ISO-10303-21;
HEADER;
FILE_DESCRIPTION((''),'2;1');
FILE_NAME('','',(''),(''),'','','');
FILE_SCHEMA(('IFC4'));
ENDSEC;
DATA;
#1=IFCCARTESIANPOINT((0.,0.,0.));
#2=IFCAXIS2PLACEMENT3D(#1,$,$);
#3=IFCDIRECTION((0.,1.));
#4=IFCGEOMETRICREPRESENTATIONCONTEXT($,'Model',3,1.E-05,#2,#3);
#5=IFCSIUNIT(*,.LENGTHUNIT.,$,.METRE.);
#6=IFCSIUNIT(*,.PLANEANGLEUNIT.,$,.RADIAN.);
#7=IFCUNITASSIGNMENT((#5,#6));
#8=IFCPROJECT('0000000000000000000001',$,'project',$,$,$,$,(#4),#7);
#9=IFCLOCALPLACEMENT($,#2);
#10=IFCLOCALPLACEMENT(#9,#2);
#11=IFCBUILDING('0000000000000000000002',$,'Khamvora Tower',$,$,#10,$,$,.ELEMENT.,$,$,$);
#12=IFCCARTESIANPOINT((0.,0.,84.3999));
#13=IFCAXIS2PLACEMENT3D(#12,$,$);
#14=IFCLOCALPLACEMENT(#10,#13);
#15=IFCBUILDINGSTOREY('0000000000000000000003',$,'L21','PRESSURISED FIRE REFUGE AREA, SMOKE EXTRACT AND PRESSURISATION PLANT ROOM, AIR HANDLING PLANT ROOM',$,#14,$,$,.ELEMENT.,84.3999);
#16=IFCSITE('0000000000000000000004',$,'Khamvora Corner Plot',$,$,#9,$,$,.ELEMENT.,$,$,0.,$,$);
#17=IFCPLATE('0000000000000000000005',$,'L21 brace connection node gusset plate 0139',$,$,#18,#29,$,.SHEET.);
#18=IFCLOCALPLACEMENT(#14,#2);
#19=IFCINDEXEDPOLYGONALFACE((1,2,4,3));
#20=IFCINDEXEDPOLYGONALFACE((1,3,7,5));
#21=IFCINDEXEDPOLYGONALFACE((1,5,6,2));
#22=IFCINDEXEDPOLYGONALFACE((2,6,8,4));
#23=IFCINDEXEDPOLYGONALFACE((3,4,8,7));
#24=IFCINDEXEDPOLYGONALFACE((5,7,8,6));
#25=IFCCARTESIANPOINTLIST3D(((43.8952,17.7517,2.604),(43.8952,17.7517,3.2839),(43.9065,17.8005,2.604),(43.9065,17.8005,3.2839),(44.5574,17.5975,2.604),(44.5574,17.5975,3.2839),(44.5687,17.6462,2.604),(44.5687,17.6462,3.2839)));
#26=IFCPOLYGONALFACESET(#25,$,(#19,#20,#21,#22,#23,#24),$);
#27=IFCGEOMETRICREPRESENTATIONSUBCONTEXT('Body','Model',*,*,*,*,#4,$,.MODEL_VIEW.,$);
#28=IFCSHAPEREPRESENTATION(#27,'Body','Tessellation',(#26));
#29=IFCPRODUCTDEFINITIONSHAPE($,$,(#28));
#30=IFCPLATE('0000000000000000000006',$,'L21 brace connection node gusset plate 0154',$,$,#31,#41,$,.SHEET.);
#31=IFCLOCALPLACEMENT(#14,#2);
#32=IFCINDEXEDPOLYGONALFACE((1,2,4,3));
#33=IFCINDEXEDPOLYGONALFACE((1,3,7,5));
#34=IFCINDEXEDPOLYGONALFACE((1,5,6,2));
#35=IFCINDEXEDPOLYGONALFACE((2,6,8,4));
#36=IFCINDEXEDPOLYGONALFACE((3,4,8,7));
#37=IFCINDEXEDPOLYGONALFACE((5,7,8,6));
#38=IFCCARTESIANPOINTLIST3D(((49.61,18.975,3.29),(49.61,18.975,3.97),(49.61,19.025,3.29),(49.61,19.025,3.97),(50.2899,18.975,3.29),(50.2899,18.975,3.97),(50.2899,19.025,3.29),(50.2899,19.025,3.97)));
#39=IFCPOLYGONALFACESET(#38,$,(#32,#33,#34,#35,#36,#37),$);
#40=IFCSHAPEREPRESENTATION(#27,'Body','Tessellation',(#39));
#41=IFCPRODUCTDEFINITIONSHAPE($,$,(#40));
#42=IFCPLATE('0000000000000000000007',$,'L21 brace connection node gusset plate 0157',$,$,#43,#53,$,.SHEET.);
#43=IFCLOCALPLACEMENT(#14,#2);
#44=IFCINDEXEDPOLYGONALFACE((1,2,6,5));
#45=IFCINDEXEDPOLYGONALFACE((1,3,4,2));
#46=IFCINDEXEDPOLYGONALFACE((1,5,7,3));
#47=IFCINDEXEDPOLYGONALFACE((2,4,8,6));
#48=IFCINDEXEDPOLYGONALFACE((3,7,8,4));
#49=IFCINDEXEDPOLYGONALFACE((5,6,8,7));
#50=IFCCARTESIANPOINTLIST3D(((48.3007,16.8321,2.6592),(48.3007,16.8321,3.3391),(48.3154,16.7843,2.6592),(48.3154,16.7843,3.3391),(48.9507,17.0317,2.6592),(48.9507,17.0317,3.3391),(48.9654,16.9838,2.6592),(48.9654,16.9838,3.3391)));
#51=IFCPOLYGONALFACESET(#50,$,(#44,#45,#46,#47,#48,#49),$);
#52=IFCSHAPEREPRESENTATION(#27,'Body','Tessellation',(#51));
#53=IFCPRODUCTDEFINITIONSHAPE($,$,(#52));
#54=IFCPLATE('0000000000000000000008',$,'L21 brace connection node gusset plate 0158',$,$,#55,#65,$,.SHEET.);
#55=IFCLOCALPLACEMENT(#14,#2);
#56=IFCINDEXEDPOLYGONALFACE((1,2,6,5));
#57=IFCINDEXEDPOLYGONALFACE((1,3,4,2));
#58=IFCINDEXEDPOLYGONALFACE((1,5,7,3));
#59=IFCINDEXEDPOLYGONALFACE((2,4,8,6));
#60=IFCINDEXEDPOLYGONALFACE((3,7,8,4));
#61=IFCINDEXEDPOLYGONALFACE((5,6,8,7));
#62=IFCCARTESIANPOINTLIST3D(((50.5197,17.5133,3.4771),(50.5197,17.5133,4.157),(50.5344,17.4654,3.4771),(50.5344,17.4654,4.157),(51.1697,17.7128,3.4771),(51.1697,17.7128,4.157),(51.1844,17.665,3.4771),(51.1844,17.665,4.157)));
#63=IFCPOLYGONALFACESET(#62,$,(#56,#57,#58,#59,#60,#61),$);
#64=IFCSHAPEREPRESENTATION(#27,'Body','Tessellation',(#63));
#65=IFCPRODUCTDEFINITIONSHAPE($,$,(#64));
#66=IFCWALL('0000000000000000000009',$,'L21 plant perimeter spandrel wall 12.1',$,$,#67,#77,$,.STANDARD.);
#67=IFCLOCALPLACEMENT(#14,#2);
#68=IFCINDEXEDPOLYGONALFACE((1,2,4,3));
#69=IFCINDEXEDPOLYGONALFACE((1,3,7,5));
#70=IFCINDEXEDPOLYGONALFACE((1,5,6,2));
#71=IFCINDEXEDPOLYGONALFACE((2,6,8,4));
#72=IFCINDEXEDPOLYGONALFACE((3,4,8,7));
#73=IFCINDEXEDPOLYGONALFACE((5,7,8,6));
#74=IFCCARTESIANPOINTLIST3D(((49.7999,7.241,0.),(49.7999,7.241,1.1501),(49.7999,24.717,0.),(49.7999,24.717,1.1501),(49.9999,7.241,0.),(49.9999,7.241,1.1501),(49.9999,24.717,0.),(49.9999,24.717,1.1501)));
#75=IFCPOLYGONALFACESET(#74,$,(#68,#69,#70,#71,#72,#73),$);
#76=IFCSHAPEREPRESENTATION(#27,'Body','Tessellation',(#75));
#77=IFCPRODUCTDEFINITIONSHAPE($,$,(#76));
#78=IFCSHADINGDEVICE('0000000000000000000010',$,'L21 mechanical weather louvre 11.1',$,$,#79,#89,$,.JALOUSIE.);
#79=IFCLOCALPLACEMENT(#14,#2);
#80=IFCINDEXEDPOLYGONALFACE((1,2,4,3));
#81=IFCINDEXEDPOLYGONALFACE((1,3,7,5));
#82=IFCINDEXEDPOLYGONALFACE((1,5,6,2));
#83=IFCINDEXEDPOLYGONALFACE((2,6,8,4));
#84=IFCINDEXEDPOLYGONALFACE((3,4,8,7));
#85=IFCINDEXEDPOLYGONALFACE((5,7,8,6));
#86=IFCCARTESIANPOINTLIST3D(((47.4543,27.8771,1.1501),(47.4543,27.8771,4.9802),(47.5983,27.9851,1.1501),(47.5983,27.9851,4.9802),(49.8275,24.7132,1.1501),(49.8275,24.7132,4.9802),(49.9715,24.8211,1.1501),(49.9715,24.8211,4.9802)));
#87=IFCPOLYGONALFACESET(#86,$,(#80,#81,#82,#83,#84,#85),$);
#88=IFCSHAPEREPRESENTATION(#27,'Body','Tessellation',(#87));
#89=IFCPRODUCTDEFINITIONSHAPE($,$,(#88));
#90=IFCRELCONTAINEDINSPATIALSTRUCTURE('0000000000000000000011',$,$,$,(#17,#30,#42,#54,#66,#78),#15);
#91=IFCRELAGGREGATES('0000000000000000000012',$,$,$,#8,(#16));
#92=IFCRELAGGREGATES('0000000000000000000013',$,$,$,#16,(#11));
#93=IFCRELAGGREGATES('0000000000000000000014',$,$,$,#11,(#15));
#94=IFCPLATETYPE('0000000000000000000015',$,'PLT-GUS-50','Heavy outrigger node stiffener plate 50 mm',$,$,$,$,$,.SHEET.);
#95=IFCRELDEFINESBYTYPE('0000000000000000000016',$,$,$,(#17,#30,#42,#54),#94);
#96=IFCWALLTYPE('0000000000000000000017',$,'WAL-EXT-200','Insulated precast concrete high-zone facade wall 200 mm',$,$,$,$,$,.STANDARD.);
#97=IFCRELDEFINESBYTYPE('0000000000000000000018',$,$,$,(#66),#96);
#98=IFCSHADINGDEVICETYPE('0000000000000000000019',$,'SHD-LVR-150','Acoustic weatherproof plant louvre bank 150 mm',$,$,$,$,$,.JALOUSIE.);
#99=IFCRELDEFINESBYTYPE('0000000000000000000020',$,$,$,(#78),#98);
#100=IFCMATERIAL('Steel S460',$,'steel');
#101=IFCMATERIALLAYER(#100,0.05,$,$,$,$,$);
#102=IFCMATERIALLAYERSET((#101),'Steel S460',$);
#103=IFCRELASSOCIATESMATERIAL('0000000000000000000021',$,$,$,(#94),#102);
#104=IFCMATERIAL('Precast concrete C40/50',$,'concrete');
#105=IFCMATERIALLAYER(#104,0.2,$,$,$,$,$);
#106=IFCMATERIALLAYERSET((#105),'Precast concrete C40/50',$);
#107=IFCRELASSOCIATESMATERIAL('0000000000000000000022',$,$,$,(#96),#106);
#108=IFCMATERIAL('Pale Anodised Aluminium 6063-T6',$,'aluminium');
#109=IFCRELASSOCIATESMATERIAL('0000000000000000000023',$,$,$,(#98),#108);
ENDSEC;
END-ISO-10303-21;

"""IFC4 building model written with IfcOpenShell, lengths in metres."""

from ifc_helpers import new_model, si_unit, direction, frame, frame_2d, origin, origin_2d, place, context, subcontext, project, spatial, rectangle, extrude, material, layer, layer_set, type_object, element, save


model = new_model("IFC4")

# Units and contexts
model_context = context("Model", 3, precision=1e-05, world=origin(), true_north=direction((0.0, 1.0)))
body_context = subcontext(model_context, "Body", "Model", "MODEL_VIEW")
ifc_project = project(units=[si_unit("LENGTHUNIT", "METRE"), si_unit("PLANEANGLEUNIT", "RADIAN")], contexts=[model_context])

# Site, building, storey
site_placement = place(None, origin())
site = spatial("IfcSite", under=ifc_project, at=site_placement, Name="Khamvora Corner Plot", CompositionType="ELEMENT", RefElevation=0.0)
building_placement = place(site_placement, origin())
building = spatial("IfcBuilding", under=site, at=building_placement, Name="Khamvora Tower", CompositionType="ELEMENT")
storey_placement = place(building_placement, frame((0.0, 0.0, 84.3999)))
storey = spatial("IfcBuildingStorey", under=building, at=storey_placement, Name="L21", Description="PRESSURISED FIRE REFUGE AREA, SMOKE EXTRACT AND PRESSURISATION PLANT ROOM, AIR HANDLING PLANT ROOM", CompositionType="ELEMENT", Elevation=84.3999)

# Shared definitions
ifc_material_1 = material(Name="Steel S460", Category="steel")

# Plates
ifc_layer_1 = layer(ifc_material_1, 0.05)
ifc_layer_set_1 = layer_set([ifc_layer_1], Name="Steel S460")
plate_type_1 = type_object("IfcPlateType", Name="PLT-GUS-50", Description="Heavy outrigger node stiffener plate 50 mm", PredefinedType="SHEET", material=ifc_layer_set_1)
for number, where, z_axis, x_axis, name in (
    (1, (44.2319, 17.699, 2.604), (0.0, 0.0, 1.0), (0.973925, -0.226872, 0.0), "L21 brace connection node gusset plate 0139"),
    (2, (49.95, 19.0, 3.29), (0.0, 0.0, 1.0), (1.0, 0.0, 0.0), "L21 brace connection node gusset plate 0154"),
    (3, (48.6331, 16.908, 2.6592), (0.0, 0.0, 1.0), (0.955962, 0.29349, 0.0), "L21 brace connection node gusset plate 0157"),
    (4, (50.8521, 17.5891, 3.4771), (0.0, 0.0, 1.0), (0.955962, 0.29349, 0.0), "L21 brace connection node gusset plate 0158"),
):
    element("IfcPlate", number, at=place(storey_placement, frame(where, z_axis=z_axis, x_axis=x_axis)), inside=storey, type_object=plate_type_1, Name=name, PredefinedType="SHEET", context=body_context, shape_type="SweptSolid", body=[
        extrude(rectangle(XDim=0.6799, YDim=0.05, at=origin_2d()), origin(), (0.0, 0.0, 1.0), 0.6799),
    ])

# Wall
ifc_material_2 = material(Name="Precast concrete C40/50", Category="concrete")
ifc_layer_2 = layer(ifc_material_2, 0.2)
ifc_layer_set_2 = layer_set([ifc_layer_2], Name="Precast concrete C40/50")
wall_type = type_object("IfcWallType", Name="WAL-EXT-200", Description="Insulated precast concrete high-zone facade wall 200 mm", PredefinedType="STANDARD", material=ifc_layer_set_2)
wall_placement = place(storey_placement, frame((49.8999, 24.717, 0.0), z_axis=(0.0, 0.0, 1.0), x_axis=(0.0, -1.0, 0.0)))
element("IfcWall", 5, at=wall_placement, inside=storey, type_object=wall_type, Name="L21 plant perimeter spandrel wall 12.1", PredefinedType="STANDARD", context=body_context, shape_type="SweptSolid", body=[
    extrude(rectangle(XDim=17.4761, YDim=0.2, at=frame_2d((8.738, 0.0))), origin(), (0.0, 0.0, 1.0), 1.1501),
])

# Shading device
ifc_material_3 = material(Name="Pale Anodised Aluminium 6063-T6", Category="aluminium")
shading_device_type = type_object("IfcShadingDeviceType", Name="SHD-LVR-150", Description="Acoustic weatherproof plant louvre bank 150 mm", PredefinedType="JALOUSIE", material=ifc_material_3)
shading_device_placement = place(storey_placement, frame((48.7129, 26.3491, 1.1501), z_axis=(0.0, 0.0, 1.0), x_axis=(0.60004, -0.79997, 0.0)))
element("IfcShadingDevice", 6, at=shading_device_placement, inside=storey, type_object=shading_device_type, Name="L21 mechanical weather louvre 11.1", PredefinedType="JALOUSIE", context=body_context, shape_type="SweptSolid", body=[
    extrude(rectangle(XDim=3.9551, YDim=0.1799, at=origin_2d()), origin(), (0.0, 0.0, 1.0), 3.8301),
])

save(model, "model.ifc")
